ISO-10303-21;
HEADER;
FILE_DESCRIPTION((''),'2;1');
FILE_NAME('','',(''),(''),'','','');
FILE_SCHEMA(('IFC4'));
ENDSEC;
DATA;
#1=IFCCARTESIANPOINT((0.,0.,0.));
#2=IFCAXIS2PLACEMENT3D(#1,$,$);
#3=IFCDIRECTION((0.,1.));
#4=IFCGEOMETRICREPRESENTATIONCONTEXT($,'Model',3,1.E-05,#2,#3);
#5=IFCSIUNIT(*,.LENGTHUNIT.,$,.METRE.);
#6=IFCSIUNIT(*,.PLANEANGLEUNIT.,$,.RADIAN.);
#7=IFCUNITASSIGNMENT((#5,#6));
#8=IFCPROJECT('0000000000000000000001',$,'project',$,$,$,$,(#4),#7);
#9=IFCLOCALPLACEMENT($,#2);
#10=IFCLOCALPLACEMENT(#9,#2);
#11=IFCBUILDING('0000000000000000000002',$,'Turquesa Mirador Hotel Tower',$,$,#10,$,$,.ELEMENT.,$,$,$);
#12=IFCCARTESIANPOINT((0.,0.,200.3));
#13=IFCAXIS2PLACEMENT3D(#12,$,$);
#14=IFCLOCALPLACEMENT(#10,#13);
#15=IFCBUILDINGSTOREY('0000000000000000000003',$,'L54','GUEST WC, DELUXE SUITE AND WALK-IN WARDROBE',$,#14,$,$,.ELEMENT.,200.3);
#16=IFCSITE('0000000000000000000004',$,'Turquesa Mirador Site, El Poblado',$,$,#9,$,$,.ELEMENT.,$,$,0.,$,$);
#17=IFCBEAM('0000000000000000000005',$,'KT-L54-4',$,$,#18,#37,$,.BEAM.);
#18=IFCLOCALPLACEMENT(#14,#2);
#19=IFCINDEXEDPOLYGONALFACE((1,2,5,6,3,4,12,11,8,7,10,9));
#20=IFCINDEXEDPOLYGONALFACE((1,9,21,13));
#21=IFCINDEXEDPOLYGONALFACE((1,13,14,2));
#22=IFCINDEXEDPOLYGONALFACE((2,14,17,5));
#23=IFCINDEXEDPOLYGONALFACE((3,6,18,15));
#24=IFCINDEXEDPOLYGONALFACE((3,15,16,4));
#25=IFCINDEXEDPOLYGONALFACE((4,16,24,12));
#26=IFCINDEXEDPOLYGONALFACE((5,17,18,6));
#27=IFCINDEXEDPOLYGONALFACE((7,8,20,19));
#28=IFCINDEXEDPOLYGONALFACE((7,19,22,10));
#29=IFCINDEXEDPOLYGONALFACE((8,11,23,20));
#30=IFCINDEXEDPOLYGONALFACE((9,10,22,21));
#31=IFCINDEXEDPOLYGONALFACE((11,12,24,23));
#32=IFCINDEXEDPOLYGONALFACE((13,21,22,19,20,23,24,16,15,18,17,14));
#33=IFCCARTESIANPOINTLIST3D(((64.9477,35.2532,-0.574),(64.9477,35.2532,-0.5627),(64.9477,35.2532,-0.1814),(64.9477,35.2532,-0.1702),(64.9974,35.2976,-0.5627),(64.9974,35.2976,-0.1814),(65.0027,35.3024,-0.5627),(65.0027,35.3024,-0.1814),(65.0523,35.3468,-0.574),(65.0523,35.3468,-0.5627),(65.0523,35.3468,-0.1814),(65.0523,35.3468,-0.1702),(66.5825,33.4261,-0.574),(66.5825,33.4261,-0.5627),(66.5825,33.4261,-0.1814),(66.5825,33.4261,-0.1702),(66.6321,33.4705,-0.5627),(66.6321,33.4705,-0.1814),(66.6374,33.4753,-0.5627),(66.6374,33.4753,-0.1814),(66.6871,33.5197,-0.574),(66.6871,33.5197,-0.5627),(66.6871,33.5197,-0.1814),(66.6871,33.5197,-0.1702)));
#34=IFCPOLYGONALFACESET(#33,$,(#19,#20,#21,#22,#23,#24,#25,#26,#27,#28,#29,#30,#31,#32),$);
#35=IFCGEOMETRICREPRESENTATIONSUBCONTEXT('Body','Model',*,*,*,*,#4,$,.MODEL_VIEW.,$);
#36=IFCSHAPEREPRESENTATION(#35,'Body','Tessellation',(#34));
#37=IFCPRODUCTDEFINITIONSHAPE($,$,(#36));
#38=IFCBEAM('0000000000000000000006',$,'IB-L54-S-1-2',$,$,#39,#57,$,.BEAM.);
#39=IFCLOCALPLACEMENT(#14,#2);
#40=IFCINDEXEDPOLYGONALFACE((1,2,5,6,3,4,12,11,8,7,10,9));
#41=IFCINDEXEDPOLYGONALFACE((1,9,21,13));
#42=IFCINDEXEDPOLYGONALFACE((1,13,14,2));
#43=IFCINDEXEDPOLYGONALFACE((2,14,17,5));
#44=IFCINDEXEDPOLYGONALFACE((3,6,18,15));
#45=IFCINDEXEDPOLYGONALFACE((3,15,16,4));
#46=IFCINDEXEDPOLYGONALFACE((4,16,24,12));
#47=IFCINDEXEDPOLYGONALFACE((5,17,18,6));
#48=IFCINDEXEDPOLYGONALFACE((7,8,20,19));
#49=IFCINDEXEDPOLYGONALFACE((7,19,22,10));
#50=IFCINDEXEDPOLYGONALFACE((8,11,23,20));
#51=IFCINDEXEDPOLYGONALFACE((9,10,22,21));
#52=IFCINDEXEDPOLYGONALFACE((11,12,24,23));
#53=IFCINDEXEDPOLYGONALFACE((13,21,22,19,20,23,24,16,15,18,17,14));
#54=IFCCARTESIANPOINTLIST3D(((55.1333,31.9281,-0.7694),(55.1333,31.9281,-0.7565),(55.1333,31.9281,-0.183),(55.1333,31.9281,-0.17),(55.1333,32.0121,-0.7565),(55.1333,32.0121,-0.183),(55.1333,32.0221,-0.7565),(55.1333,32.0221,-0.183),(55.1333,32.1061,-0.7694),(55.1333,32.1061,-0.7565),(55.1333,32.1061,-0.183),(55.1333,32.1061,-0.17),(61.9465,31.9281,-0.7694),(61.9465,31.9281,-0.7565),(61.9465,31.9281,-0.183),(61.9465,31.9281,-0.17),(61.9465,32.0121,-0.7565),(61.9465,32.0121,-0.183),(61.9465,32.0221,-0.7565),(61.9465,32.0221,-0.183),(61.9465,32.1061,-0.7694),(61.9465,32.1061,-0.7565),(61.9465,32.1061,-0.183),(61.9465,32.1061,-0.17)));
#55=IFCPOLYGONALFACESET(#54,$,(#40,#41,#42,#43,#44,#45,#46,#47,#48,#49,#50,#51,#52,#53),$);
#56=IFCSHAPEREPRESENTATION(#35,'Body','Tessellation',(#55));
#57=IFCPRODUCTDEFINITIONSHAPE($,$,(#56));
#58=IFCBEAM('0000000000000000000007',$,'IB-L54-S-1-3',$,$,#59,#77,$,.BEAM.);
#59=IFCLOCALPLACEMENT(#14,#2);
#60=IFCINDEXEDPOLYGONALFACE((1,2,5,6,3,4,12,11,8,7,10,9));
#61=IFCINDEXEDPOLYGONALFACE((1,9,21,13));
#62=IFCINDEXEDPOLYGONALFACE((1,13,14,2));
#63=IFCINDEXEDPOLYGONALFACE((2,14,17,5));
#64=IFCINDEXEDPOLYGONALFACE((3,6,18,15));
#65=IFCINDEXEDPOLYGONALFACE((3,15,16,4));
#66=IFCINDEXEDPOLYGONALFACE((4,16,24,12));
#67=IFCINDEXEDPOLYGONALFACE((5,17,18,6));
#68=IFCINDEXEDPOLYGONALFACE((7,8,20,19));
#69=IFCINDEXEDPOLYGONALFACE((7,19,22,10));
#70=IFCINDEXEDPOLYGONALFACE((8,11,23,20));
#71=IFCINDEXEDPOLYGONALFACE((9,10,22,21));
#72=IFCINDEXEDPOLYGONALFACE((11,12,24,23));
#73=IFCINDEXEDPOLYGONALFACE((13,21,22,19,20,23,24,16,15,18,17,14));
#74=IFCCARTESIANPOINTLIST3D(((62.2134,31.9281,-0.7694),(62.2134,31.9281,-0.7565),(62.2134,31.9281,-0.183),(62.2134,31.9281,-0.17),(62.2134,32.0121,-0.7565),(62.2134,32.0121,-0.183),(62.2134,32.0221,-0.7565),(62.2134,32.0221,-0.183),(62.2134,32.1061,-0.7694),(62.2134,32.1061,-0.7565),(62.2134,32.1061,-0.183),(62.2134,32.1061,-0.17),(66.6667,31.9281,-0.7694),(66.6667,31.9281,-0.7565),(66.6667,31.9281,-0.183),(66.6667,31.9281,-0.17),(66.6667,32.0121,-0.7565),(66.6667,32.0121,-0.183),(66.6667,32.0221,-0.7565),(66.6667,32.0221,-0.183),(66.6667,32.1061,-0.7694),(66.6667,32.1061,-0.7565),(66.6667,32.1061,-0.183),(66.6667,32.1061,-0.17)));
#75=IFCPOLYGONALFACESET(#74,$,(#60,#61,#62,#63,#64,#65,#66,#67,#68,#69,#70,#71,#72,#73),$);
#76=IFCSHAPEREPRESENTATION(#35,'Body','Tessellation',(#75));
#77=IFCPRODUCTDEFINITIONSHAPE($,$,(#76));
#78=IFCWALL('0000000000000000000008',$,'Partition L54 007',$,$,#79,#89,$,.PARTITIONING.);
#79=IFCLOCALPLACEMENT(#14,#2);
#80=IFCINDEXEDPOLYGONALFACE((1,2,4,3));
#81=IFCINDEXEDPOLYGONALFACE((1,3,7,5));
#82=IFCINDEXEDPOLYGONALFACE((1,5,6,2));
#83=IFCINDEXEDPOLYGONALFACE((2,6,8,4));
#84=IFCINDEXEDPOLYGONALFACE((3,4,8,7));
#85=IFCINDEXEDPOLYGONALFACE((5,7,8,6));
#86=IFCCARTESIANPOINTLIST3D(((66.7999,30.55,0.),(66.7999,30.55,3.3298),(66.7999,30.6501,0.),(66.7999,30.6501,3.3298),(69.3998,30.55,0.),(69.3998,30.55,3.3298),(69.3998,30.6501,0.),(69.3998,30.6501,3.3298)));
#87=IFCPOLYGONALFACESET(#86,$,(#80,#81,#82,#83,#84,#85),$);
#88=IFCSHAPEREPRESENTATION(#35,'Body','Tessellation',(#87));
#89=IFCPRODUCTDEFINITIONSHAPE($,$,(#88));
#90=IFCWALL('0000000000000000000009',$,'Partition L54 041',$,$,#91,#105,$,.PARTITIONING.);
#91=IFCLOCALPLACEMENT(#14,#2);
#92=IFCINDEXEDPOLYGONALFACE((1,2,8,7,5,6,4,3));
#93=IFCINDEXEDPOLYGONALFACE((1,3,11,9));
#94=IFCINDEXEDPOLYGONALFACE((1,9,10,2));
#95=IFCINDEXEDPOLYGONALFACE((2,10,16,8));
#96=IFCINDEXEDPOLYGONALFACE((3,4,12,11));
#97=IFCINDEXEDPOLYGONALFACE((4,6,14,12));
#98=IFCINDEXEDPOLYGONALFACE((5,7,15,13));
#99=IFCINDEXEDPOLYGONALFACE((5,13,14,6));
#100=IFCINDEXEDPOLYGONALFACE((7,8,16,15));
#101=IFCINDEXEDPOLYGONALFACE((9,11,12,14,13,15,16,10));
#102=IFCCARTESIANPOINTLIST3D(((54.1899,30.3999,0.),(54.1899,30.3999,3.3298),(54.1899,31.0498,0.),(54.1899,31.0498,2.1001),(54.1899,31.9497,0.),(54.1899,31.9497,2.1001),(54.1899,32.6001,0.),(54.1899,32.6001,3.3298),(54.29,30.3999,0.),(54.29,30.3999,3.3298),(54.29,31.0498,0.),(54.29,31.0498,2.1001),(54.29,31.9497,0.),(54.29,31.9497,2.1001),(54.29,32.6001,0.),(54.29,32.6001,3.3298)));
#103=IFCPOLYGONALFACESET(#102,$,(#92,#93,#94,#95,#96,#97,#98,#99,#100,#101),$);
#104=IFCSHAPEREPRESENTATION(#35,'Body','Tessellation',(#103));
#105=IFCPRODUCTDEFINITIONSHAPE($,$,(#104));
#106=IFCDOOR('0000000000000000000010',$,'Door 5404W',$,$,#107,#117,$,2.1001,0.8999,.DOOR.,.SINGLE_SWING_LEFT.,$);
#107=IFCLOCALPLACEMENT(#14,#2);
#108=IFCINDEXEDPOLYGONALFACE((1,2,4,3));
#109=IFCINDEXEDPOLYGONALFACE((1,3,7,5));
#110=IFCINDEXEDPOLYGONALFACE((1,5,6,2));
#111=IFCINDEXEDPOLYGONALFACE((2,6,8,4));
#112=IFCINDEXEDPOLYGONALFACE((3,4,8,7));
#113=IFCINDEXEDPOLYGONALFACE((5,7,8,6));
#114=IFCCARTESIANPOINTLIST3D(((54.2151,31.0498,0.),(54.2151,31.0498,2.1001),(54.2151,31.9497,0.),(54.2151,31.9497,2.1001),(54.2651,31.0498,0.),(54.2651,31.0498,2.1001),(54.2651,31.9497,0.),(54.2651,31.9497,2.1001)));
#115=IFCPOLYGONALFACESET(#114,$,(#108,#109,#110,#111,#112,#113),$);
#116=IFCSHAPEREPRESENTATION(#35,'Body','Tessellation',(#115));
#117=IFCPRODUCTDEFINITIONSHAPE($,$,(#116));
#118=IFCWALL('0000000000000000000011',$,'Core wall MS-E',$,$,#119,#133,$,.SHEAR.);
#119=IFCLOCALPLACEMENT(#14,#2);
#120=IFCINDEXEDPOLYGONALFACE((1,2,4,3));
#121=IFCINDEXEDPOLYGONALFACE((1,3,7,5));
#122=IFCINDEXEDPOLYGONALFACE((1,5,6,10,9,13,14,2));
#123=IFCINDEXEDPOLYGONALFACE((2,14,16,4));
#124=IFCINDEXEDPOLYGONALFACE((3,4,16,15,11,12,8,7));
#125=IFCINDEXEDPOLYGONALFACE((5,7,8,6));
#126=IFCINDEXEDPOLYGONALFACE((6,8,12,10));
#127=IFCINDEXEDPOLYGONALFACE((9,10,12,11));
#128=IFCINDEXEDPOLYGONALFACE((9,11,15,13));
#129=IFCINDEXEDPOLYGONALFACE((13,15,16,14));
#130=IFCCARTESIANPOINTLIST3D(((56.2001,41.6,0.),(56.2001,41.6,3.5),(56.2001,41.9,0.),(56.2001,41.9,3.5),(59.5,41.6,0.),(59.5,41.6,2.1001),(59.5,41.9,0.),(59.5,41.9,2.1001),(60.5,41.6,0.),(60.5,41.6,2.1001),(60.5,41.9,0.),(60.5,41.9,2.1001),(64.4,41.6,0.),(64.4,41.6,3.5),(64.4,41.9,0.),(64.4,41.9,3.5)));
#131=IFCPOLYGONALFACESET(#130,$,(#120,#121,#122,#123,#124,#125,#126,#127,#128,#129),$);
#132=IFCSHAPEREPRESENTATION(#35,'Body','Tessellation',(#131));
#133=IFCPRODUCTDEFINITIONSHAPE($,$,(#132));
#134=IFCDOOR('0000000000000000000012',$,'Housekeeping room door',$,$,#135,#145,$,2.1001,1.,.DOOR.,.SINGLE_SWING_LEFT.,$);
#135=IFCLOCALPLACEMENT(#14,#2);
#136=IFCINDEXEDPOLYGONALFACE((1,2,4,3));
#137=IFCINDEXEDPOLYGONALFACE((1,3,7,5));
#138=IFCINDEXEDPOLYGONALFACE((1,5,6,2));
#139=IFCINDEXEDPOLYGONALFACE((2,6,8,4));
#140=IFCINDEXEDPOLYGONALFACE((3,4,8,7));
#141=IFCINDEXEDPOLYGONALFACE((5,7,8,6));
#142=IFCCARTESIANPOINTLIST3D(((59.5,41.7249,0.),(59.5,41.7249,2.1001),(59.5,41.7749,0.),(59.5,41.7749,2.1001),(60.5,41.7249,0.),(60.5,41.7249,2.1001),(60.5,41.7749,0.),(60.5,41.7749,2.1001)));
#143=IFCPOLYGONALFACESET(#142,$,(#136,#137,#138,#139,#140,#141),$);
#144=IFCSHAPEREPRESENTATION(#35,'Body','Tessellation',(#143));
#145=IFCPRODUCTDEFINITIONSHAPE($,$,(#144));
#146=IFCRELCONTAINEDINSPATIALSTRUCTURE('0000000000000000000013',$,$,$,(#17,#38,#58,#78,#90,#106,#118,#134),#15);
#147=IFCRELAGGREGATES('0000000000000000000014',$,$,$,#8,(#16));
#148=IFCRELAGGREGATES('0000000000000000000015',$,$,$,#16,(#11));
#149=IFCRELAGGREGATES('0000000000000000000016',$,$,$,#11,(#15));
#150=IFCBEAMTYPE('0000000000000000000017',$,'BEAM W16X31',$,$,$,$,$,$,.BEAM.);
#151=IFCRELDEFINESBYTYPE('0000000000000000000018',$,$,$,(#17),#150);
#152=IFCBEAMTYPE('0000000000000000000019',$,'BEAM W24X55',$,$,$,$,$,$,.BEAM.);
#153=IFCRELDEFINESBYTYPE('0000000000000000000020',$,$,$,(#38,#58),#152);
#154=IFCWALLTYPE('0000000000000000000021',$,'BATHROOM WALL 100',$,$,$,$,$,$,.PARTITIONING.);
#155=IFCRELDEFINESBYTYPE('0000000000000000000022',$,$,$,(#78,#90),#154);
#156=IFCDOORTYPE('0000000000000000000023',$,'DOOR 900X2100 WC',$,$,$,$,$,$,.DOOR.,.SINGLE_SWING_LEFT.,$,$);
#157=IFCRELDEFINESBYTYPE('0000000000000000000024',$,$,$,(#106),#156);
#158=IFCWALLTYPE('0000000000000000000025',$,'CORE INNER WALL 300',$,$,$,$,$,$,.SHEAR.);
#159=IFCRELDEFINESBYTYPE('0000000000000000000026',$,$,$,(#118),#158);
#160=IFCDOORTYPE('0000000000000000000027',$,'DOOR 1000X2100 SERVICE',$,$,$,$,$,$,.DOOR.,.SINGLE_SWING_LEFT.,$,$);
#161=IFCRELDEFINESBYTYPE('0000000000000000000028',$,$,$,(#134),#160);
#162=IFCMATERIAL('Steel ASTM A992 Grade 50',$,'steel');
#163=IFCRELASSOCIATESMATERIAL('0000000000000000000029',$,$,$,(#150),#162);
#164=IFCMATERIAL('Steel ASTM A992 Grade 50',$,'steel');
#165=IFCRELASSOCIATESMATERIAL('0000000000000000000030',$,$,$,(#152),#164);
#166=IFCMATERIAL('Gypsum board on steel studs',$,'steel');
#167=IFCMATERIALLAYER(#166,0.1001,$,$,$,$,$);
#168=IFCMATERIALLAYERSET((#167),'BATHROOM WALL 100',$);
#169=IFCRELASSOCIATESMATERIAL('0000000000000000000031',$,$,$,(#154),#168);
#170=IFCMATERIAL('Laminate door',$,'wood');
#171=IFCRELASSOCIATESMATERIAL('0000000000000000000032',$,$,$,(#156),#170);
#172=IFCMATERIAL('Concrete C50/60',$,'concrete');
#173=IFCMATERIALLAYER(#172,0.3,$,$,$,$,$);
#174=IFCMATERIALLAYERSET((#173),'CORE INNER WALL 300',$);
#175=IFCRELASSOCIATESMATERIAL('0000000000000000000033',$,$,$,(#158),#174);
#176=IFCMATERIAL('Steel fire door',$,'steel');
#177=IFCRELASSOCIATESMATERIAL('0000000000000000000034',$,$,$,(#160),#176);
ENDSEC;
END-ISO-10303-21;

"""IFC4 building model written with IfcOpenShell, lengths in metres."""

from ifc_helpers import new_model, si_unit, direction, frame, frame_2d, origin, origin_2d, place, context, subcontext, project, spatial, rectangle, i_section, extrude, material, layer, layer_set, material_profile, profile_set, type_object, element, fill, save


model = new_model("IFC4")

# Units and contexts
model_context = context("Model", 3, precision=1e-05, world=origin(), true_north=direction((0.0, 1.0)))
body_context = subcontext(model_context, "Body", "Model", "MODEL_VIEW")
ifc_project = project(units=[si_unit("LENGTHUNIT", "METRE"), si_unit("PLANEANGLEUNIT", "RADIAN")], contexts=[model_context])

# Site, building, storey
site_placement = place(None, origin())
site = spatial("IfcSite", under=ifc_project, at=site_placement, Name="Turquesa Mirador Site, El Poblado", CompositionType="ELEMENT", RefElevation=0.0)
building_placement = place(site_placement, origin())
building = spatial("IfcBuilding", under=site, at=building_placement, Name="Turquesa Mirador Hotel Tower", CompositionType="ELEMENT")
storey_placement = place(building_placement, frame((0.0, 0.0, 200.3)))
storey = spatial("IfcBuildingStorey", under=building, at=storey_placement, Name="L54", Description="GUEST WC, DELUXE SUITE AND WALK-IN WARDROBE", CompositionType="ELEMENT", Elevation=200.3)

# Beams
ifc_material_1 = material(Name="Steel ASTM A992 Grade 50", Category="steel")
ifc_material_profile_1 = material_profile(ifc_material_1, i_section(OverallWidth=0.1404, OverallDepth=0.4038, WebThickness=0.0071, FlangeThickness=0.0112, at=origin_2d()), Name="W16X31")
ifc_profile_set_1 = profile_set([ifc_material_profile_1], Name="Steel ASTM A992 Grade 50")
beam_type_1 = type_object("IfcBeamType", Name="BEAM W16X31", PredefinedType="BEAM", material=ifc_profile_set_1)
beam_1_placement = place(storey_placement, frame((66.6348, 33.4729, -0.3721), z_axis=(-0.666783, 0.745252, 0.0), x_axis=(-0.745252, -0.666783, 0.0)))
element("IfcBeam", 1, at=beam_1_placement, inside=storey, type_object=beam_type_1, Name="KT-L54-4", PredefinedType="BEAM", context=body_context, shape_type="SweptSolid", body=[
    extrude(i_section(OverallWidth=0.1404, OverallDepth=0.4038, WebThickness=0.0071, FlangeThickness=0.0112, at=origin_2d()), origin(), (0.0, 0.0, 1.0), 2.4517),
])
ifc_material_2 = material(Name="Steel ASTM A992 Grade 50", Category="steel")
ifc_material_profile_2 = material_profile(ifc_material_2, i_section(OverallWidth=0.178, OverallDepth=0.5994, WebThickness=0.01, FlangeThickness=0.0129, at=origin_2d()), Name="W24X55")
ifc_profile_set_2 = profile_set([ifc_material_profile_2], Name="Steel ASTM A992 Grade 50")
beam_type_2 = type_object("IfcBeamType", Name="BEAM W24X55", PredefinedType="BEAM", material=ifc_profile_set_2)
beam_2_placement = place(storey_placement, frame((55.1333, 32.0171, -0.4697), z_axis=(1.0, 0.0, 0.0), x_axis=(0.0, 1.0, 0.0)))
element("IfcBeam", 2, at=beam_2_placement, inside=storey, type_object=beam_type_2, Name="IB-L54-S-1-2", PredefinedType="BEAM", context=body_context, shape_type="SweptSolid", body=[
    extrude(i_section(OverallWidth=0.178, OverallDepth=0.5994, WebThickness=0.01, FlangeThickness=0.0129, at=origin_2d()), origin(), (0.0, 0.0, 1.0), 6.8132),
])
beam_3_placement = place(storey_placement, frame((62.2134, 32.0171, -0.4697), z_axis=(1.0, 0.0, 0.0), x_axis=(0.0, 1.0, 0.0)))
element("IfcBeam", 3, at=beam_3_placement, inside=storey, type_object=beam_type_2, Name="IB-L54-S-1-3", PredefinedType="BEAM", context=body_context, shape_type="SweptSolid", body=[
    extrude(i_section(OverallWidth=0.178, OverallDepth=0.5994, WebThickness=0.01, FlangeThickness=0.0129, at=origin_2d()), origin(), (0.0, 0.0, 1.0), 4.4534),
])

# Wall
ifc_material_3 = material(Name="Gypsum board on steel studs", Category="steel")
ifc_layer_1 = layer(ifc_material_3, 0.1001)
ifc_layer_set_1 = layer_set([ifc_layer_1], Name="BATHROOM WALL 100")
wall_type_1 = type_object("IfcWallType", Name="BATHROOM WALL 100", PredefinedType="PARTITIONING", material=ifc_layer_set_1)
wall_1_placement = place(storey_placement, frame((66.8, 30.6001, 0.0), z_axis=(0.0, 0.0, 1.0), x_axis=(1.0, 0.0, 0.0)))
element("IfcWall", 4, at=wall_1_placement, inside=storey, type_object=wall_type_1, Name="Partition L54 007", PredefinedType="PARTITIONING", context=body_context, shape_type="SweptSolid", body=[
    extrude(rectangle(XDim=2.5999, YDim=0.1001, at=frame_2d((1.2998, 0.0))), origin(), (0.0, 0.0, 1.0), 3.3298),
])

# Walls, openings, doors
wall_2_placement = place(storey_placement, frame((54.24, 30.3999, 0.0), z_axis=(0.0, 0.0, 1.0), x_axis=(0.0, 1.0, 0.0)))
wall_2 = element("IfcWall", 5, at=wall_2_placement, inside=storey, type_object=wall_type_1, Name="Partition L54 041", PredefinedType="PARTITIONING", context=body_context, shape_type="SweptSolid", body=[
    extrude(rectangle(XDim=2.2002, YDim=0.1001, at=frame_2d((1.1001, 0.0))), origin(), (0.0, 0.0, 1.0), 3.3298),
])
opening_1_placement = place(wall_2_placement, frame((0.6499, 0.0, 0.0)))
opening_1 = element("IfcOpeningElement", 6, at=opening_1_placement, cuts=wall_2, PredefinedType="OPENING", context=body_context, shape_type="SweptSolid", body=[
    extrude(rectangle(XDim=0.8999, YDim=2.1001, at=frame_2d((0.45, 1.05))), frame((0.0, 0.0601, 0.0), z_axis=(0.0, -1.0, 0.0), x_axis=(1.0, 0.0, 0.0)), (0.0, 0.0, 1.0), 0.1201),
])
ifc_material_4 = material(Name="Laminate door", Category="wood")
door_type_1 = type_object("IfcDoorType", Name="DOOR 900X2100 WC", OperationType="SINGLE_SWING_LEFT", PredefinedType="DOOR", material=ifc_material_4)
door_1_placement = place(opening_1_placement, origin())
door_1 = element("IfcDoor", 7, at=door_1_placement, inside=storey, type_object=door_type_1, Name="Door 5404W", OperationType="SINGLE_SWING_LEFT", OverallHeight=2.1001, OverallWidth=0.8999, PredefinedType="DOOR", context=body_context, shape_type="SweptSolid", body=[
    extrude(rectangle(XDim=0.8999, YDim=2.1001, at=frame_2d((0.45, 1.05))), frame((0.0, 0.0249, 0.0), z_axis=(0.0, -1.0, 0.0), x_axis=(1.0, 0.0, 0.0)), (0.0, 0.0, 1.0), 0.05),
])
fill(opening_1, door_1)
ifc_material_5 = material(Name="Concrete C50/60", Category="concrete")
ifc_layer_2 = layer(ifc_material_5, 0.3)
ifc_layer_set_2 = layer_set([ifc_layer_2], Name="CORE INNER WALL 300")
wall_type_2 = type_object("IfcWallType", Name="CORE INNER WALL 300", PredefinedType="SHEAR", material=ifc_layer_set_2)
wall_3_placement = place(storey_placement, frame((56.2, 41.75, 0.0), z_axis=(0.0, 0.0, 1.0), x_axis=(1.0, 0.0, 0.0)))
wall_3 = element("IfcWall", 8, at=wall_3_placement, inside=storey, type_object=wall_type_2, Name="Core wall MS-E", PredefinedType="SHEAR", context=body_context, shape_type="SweptSolid", body=[
    extrude(rectangle(XDim=8.2, YDim=0.3, at=frame_2d((4.1001, 0.0))), origin(), (0.0, 0.0, 1.0), 3.5),
])
opening_2_placement = place(wall_3_placement, frame((3.3, 0.0, 0.0)))
opening_2 = element("IfcOpeningElement", 9, at=opening_2_placement, cuts=wall_3, PredefinedType="OPENING", context=body_context, shape_type="SweptSolid", body=[
    extrude(rectangle(XDim=1.0, YDim=2.1001, at=frame_2d((0.5, 1.05))), frame((0.0, 0.1599, 0.0), z_axis=(0.0, -1.0, 0.0), x_axis=(1.0, 0.0, 0.0)), (0.0, 0.0, 1.0), 0.3201),
])
ifc_material_6 = material(Name="Steel fire door", Category="steel")
door_type_2 = type_object("IfcDoorType", Name="DOOR 1000X2100 SERVICE", OperationType="SINGLE_SWING_LEFT", PredefinedType="DOOR", material=ifc_material_6)
door_2_placement = place(opening_2_placement, origin())
door_2 = element("IfcDoor", 10, at=door_2_placement, inside=storey, type_object=door_type_2, Name="Housekeeping room door", OperationType="SINGLE_SWING_LEFT", OverallHeight=2.1001, OverallWidth=1.0, PredefinedType="DOOR", context=body_context, shape_type="SweptSolid", body=[
    extrude(rectangle(XDim=1.0, YDim=2.1001, at=frame_2d((0.5, 1.05))), frame((0.0, 0.0249, 0.0), z_axis=(0.0, -1.0, 0.0), x_axis=(1.0, 0.0, 0.0)), (0.0, 0.0, 1.0), 0.05),
])
fill(opening_2, door_2)

save(model, "model.ifc")
